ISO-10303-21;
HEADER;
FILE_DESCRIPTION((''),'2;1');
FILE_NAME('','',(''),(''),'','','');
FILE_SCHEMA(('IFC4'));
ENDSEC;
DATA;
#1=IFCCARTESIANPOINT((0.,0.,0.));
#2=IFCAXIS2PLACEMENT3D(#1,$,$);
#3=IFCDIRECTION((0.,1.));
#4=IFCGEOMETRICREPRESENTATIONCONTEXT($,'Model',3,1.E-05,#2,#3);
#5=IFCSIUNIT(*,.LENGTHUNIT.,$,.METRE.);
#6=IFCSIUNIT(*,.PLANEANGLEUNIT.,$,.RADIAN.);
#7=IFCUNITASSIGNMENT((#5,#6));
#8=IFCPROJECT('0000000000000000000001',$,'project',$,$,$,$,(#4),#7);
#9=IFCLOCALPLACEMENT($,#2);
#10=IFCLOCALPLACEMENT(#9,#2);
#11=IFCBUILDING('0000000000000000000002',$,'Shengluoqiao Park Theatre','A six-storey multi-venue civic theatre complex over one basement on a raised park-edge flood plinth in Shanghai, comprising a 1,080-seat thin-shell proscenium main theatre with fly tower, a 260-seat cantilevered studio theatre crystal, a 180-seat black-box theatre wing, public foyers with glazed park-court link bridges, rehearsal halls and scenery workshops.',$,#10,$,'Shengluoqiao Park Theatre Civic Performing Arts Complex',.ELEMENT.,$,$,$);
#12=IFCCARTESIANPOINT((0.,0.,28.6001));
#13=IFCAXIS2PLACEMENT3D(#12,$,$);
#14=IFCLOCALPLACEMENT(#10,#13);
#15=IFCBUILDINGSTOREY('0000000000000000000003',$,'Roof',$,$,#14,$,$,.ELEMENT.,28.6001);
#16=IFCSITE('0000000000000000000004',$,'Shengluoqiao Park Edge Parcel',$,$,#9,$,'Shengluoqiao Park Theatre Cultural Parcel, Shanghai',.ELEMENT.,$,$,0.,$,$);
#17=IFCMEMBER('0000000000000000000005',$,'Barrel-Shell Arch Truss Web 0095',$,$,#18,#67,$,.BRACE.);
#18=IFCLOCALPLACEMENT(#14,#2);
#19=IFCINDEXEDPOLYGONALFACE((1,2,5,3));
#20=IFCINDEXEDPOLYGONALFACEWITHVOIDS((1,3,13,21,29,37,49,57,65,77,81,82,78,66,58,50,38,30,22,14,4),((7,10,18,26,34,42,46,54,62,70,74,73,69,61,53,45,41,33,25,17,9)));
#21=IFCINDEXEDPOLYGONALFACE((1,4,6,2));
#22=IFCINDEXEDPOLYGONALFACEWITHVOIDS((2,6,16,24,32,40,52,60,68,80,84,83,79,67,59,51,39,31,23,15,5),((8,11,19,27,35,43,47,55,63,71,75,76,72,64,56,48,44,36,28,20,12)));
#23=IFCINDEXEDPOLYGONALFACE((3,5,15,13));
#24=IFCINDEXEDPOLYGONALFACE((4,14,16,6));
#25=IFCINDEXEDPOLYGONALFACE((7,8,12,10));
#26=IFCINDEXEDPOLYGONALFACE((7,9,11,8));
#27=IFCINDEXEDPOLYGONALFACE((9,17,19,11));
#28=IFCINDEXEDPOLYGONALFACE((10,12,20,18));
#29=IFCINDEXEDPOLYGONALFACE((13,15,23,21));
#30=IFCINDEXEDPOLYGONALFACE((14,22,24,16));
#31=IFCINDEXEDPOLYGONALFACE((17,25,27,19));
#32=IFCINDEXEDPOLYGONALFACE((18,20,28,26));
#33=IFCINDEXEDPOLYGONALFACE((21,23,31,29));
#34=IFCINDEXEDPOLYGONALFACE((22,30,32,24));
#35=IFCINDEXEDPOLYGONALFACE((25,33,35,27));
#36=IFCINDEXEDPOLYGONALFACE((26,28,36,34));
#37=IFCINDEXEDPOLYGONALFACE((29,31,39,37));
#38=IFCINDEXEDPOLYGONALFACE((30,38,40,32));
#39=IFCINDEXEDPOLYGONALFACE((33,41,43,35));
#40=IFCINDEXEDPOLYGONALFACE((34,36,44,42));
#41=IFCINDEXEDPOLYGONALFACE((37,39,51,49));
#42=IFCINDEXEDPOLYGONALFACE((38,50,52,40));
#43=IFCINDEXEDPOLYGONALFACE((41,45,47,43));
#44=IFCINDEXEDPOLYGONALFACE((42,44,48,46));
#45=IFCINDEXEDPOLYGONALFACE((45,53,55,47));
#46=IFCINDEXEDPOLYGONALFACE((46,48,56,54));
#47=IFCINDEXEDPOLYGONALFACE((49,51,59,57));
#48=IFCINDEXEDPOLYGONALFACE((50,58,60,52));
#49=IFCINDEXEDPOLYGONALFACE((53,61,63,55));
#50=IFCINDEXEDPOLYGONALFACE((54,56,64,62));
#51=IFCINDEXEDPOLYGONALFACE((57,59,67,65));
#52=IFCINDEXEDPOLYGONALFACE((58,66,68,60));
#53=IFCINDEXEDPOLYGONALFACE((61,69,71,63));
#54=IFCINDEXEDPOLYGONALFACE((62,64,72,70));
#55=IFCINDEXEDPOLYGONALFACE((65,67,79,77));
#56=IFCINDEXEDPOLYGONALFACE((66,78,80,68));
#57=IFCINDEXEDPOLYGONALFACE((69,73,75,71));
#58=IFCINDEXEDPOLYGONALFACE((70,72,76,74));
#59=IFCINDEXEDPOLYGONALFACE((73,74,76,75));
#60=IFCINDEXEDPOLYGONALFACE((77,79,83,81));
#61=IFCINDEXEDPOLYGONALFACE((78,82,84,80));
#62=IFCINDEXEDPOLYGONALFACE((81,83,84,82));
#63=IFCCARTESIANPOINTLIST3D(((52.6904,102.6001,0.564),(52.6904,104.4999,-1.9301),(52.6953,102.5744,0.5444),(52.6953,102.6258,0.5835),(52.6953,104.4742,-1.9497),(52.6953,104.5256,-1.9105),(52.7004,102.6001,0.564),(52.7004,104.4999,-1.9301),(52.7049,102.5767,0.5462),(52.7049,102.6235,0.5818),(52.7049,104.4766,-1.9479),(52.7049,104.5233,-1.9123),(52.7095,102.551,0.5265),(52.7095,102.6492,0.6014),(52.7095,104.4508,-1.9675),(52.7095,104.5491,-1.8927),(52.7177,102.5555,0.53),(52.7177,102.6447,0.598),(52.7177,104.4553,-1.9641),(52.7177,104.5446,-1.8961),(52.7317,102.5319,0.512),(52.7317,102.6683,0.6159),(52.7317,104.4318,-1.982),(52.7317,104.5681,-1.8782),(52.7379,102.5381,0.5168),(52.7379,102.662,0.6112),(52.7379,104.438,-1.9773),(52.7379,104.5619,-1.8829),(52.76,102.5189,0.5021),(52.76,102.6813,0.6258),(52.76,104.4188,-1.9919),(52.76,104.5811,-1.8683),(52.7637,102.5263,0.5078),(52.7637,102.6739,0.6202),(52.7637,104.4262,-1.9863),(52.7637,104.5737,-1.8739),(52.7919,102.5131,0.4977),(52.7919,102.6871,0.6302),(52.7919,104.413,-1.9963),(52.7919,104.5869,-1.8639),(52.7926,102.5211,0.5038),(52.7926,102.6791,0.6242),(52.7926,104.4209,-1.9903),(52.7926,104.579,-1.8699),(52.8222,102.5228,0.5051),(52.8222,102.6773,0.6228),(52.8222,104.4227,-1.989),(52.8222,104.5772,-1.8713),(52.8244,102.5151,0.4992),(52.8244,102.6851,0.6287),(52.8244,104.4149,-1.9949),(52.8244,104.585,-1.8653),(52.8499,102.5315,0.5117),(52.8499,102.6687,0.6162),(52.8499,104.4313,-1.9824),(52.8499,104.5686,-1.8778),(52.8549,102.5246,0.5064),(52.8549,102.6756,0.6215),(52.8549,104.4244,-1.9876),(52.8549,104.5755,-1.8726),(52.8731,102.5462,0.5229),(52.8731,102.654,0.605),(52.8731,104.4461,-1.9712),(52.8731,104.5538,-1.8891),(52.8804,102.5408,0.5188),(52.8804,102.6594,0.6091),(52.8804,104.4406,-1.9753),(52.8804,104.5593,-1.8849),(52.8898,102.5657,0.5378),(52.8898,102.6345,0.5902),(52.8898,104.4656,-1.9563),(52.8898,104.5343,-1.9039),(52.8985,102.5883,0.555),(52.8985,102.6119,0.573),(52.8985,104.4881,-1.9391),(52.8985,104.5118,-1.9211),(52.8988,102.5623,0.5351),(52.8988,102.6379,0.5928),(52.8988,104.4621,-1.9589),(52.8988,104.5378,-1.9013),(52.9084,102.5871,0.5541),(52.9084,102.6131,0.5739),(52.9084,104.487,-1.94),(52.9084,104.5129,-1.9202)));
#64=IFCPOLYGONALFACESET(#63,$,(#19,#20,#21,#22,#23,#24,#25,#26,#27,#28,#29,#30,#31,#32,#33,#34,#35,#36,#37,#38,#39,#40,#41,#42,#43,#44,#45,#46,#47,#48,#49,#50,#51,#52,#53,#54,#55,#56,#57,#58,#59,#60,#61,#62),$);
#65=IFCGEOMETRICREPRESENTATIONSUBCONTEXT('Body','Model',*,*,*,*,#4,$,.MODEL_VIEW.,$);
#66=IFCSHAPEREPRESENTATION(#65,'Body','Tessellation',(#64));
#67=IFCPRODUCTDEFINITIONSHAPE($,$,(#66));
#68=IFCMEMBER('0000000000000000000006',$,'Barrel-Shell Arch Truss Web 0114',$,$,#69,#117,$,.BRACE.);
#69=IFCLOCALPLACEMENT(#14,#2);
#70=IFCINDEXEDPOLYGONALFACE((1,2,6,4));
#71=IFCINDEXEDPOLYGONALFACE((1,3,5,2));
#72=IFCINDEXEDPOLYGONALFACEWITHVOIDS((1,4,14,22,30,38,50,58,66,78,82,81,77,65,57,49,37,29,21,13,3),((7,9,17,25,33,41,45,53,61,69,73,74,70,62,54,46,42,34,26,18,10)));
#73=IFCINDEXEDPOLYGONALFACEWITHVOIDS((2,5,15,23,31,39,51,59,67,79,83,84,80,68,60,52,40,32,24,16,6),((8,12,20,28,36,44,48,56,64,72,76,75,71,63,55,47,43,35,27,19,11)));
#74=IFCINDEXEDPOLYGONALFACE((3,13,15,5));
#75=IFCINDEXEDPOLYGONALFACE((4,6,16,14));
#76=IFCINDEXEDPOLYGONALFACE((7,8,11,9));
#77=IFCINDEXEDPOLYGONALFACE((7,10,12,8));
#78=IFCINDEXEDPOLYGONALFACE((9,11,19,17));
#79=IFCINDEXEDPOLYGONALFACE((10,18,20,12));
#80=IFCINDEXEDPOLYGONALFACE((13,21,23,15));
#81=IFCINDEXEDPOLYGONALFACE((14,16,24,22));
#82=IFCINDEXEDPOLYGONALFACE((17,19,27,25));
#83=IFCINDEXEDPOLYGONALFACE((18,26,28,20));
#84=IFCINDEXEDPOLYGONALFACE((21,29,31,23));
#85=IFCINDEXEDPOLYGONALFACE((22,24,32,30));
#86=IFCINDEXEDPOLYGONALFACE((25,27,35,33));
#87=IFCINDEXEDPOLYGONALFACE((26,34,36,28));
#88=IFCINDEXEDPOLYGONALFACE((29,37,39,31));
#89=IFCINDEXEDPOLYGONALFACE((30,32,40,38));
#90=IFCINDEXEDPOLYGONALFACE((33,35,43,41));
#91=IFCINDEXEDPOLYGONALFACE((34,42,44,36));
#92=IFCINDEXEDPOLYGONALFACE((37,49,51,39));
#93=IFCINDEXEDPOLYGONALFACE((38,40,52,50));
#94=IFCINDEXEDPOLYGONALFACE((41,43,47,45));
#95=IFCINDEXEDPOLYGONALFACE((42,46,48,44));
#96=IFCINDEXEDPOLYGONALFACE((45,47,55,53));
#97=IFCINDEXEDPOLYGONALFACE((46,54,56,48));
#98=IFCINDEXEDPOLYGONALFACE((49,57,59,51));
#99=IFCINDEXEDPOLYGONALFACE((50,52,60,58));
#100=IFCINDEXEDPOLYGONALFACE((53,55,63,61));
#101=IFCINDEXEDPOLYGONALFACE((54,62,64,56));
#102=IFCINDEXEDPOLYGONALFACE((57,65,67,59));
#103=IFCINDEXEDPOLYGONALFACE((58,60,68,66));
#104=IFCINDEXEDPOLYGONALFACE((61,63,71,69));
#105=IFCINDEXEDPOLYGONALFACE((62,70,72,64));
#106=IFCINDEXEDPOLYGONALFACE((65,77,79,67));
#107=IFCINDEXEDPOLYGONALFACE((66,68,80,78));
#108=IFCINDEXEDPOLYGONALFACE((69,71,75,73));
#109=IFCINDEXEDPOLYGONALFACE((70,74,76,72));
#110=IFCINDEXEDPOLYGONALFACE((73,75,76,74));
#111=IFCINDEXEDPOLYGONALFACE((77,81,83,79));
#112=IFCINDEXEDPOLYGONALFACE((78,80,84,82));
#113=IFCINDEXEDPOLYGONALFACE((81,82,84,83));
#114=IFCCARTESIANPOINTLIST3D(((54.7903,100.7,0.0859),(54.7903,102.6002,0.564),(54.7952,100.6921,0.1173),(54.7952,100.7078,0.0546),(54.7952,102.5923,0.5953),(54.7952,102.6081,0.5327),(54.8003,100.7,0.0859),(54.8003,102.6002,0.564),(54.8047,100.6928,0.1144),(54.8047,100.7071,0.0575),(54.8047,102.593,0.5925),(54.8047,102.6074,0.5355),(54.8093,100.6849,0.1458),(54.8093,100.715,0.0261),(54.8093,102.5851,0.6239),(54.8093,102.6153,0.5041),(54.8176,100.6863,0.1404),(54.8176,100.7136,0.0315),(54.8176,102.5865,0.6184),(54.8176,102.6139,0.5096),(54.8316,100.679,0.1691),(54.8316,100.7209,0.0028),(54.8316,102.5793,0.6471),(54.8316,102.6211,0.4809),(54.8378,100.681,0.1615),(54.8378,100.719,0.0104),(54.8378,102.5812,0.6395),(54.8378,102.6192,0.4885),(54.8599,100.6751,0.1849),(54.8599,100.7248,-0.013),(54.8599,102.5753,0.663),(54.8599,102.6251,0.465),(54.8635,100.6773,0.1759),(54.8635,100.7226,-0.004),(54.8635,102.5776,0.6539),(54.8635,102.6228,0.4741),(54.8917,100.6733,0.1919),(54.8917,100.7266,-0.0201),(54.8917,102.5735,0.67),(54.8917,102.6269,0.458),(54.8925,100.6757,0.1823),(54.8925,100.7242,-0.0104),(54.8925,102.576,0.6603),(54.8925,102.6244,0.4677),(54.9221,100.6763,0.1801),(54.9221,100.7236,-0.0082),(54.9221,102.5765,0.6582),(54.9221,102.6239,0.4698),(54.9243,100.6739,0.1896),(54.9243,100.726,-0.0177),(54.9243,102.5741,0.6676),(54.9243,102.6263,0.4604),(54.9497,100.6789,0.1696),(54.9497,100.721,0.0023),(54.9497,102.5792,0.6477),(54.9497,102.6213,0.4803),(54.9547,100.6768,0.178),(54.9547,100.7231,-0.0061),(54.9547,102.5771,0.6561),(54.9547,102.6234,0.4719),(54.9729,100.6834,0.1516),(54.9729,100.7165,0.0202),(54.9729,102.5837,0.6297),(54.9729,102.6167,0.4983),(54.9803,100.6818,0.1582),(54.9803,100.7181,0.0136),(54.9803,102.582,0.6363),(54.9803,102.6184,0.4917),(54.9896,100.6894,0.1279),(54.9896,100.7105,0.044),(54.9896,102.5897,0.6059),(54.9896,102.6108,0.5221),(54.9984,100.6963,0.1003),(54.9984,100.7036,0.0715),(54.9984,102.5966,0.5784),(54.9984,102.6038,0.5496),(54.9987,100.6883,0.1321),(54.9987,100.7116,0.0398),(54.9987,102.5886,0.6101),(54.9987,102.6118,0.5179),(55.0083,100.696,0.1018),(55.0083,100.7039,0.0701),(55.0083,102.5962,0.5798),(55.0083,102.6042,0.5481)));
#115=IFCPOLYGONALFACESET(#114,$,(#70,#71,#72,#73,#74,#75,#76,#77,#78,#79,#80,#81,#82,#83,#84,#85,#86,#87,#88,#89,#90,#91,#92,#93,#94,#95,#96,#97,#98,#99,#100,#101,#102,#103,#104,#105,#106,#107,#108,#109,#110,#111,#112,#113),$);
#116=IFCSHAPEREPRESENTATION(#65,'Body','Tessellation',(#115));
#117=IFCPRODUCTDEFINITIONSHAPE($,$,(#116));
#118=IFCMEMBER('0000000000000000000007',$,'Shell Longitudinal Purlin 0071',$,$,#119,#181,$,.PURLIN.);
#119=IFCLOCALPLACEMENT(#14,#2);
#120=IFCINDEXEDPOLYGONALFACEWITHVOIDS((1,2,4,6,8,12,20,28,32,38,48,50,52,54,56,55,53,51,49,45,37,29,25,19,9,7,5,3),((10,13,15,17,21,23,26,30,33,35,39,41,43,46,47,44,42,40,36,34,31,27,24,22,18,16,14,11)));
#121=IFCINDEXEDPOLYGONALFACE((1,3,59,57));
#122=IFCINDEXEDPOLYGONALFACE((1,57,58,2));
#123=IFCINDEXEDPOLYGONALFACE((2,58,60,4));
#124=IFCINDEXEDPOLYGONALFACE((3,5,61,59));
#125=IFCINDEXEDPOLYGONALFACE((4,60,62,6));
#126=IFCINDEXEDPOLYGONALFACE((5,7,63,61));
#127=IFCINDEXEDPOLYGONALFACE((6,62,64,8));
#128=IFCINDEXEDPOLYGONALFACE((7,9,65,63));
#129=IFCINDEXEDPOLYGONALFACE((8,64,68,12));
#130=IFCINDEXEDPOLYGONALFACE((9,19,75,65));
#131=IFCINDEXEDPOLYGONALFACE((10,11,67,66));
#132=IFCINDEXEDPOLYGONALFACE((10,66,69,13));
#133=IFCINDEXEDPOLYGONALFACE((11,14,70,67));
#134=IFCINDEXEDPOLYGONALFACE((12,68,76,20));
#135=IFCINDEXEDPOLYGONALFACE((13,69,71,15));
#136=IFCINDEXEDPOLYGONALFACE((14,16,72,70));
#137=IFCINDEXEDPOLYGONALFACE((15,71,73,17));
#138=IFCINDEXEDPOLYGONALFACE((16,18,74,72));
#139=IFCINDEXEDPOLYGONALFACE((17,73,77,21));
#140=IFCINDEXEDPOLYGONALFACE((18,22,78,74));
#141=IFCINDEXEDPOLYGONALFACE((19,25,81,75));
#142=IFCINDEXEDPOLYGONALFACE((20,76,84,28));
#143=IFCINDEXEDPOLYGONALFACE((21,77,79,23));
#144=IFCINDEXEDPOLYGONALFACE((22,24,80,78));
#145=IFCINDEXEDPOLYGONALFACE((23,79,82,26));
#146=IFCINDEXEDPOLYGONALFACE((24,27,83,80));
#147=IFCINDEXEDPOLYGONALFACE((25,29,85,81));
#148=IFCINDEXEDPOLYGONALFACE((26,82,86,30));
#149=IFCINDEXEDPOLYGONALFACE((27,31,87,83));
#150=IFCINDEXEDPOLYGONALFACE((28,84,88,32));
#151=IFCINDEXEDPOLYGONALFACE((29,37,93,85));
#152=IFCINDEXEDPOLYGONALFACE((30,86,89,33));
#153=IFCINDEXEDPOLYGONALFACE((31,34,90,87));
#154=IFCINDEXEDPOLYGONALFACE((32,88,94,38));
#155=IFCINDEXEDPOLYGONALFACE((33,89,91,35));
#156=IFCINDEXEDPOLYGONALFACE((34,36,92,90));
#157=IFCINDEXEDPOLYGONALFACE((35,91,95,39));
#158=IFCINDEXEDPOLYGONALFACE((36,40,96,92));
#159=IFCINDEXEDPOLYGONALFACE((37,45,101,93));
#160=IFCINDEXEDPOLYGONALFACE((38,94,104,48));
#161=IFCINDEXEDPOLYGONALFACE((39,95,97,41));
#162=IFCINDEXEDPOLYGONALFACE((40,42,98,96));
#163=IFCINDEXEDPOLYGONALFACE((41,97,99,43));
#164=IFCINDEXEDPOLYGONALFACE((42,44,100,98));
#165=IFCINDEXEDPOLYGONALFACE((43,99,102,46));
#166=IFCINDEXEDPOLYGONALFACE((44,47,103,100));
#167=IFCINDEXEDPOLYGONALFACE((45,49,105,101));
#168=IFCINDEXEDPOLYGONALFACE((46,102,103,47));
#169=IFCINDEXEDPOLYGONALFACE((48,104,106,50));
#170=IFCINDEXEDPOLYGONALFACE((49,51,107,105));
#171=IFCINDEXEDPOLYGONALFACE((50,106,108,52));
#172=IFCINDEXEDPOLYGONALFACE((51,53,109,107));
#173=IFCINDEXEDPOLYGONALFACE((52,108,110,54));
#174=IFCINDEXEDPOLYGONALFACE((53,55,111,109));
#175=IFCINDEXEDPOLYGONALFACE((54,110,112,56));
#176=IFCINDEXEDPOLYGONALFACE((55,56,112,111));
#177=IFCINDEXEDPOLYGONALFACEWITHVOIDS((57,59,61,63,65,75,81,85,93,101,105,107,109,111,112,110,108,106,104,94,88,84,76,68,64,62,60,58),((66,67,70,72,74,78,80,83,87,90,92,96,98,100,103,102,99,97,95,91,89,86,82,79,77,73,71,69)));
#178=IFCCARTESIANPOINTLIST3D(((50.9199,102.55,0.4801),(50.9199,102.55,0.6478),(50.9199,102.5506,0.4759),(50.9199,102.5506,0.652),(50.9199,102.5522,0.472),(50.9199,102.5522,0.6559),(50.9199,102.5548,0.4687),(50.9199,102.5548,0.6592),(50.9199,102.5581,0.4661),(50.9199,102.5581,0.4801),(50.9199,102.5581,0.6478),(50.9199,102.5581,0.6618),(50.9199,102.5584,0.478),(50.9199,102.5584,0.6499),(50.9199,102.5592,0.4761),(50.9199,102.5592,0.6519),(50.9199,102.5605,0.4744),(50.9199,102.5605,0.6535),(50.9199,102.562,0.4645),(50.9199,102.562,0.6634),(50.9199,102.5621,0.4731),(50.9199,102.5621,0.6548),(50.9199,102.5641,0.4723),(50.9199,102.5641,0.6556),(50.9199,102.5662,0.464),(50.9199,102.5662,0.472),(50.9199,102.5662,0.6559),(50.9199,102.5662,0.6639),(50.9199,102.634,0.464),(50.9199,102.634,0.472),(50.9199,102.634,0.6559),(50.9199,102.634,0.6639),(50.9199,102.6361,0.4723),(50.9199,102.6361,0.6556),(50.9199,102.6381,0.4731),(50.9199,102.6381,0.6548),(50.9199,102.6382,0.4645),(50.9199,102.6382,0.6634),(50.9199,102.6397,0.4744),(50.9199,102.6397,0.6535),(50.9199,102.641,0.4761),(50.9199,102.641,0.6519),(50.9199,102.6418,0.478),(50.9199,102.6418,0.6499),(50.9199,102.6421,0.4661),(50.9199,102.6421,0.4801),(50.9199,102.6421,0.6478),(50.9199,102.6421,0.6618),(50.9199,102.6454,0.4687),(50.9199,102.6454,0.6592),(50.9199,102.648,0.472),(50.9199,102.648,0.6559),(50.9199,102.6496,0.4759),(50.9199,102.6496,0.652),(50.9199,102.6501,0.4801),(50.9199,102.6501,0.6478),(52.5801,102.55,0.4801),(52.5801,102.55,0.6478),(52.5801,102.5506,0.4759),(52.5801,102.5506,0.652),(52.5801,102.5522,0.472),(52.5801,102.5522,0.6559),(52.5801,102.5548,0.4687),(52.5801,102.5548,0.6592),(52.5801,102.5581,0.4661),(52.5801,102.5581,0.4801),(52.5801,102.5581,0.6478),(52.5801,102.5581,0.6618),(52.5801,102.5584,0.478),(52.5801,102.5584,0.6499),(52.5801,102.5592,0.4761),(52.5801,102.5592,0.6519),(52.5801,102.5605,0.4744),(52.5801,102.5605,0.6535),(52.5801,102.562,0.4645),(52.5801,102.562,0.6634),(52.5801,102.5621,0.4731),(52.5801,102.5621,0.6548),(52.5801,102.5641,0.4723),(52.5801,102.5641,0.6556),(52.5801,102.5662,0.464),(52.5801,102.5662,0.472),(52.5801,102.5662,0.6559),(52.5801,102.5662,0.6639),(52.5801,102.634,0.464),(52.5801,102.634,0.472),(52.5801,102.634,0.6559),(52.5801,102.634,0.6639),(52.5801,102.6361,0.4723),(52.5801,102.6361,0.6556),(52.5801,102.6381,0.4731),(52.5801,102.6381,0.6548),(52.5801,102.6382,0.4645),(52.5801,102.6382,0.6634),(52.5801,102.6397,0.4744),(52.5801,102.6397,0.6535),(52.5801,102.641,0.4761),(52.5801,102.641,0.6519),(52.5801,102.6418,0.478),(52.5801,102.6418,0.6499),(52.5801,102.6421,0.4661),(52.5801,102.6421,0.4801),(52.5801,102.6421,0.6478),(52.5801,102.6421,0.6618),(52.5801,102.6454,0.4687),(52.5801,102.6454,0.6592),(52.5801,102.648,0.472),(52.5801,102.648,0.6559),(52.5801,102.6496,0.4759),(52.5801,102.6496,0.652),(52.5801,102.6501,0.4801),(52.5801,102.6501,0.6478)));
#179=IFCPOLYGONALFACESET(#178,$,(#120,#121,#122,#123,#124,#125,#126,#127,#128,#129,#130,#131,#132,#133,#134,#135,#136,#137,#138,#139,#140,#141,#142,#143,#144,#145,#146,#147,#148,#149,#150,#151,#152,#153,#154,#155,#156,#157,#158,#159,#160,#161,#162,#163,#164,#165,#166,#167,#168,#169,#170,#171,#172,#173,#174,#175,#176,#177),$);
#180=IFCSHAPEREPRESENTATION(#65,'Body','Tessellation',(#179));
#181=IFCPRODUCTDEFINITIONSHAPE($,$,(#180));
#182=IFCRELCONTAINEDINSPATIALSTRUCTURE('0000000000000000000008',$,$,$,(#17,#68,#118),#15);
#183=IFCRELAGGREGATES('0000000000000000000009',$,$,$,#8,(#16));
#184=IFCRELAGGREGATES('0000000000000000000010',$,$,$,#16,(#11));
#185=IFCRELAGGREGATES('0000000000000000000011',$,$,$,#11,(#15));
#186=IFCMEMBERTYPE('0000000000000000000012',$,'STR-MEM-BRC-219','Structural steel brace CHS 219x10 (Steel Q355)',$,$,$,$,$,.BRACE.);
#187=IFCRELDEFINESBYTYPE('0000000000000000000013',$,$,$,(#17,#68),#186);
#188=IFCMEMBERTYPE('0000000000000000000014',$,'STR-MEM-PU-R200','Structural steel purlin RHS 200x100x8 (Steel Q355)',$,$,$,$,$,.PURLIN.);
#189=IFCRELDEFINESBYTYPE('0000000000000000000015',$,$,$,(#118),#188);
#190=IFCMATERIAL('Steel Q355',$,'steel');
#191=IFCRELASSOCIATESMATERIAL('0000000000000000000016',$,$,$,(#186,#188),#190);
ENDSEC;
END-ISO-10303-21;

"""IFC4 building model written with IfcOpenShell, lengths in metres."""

from ifc_helpers import new_model, si_unit, direction, frame, origin, origin_2d, place, context, subcontext, project, spatial, hollow_rectangle, hollow_circle, extrude, material, material_profile, profile_set, type_object, element, save


model = new_model("IFC4")

# Units and contexts
model_context = context("Model", 3, precision=1e-05, world=origin(), true_north=direction((0.0, 1.0)))
body_context = subcontext(model_context, "Body", "Model", "MODEL_VIEW")
ifc_project = project(units=[si_unit("LENGTHUNIT", "METRE"), si_unit("PLANEANGLEUNIT", "RADIAN")], contexts=[model_context])

# Site, building, storey
site_placement = place(None, origin())
site = spatial("IfcSite", under=ifc_project, at=site_placement, Name="Shengluoqiao Park Edge Parcel", LongName="Shengluoqiao Park Theatre Cultural Parcel, Shanghai", CompositionType="ELEMENT", RefElevation=0.0)
building_placement = place(site_placement, origin())
building = spatial("IfcBuilding", under=site, at=building_placement, Name="Shengluoqiao Park Theatre", Description="A six-storey multi-venue civic theatre complex over one basement on a raised park-edge flood plinth in Shanghai, comprising a 1,080-seat thin-shell proscenium main theatre with fly tower, a 260-seat cantilevered studio theatre crystal, a 180-seat black-box theatre wing, public foyers with glazed park-court link bridges, rehearsal halls and scenery workshops.", LongName="Shengluoqiao Park Theatre Civic Performing Arts Complex", CompositionType="ELEMENT")
storey_placement = place(building_placement, frame((0.0, 0.0, 28.6001)))
storey = spatial("IfcBuildingStorey", under=building, at=storey_placement, Name="Roof", CompositionType="ELEMENT", Elevation=28.6001)

# Shared definitions
ifc_material_1 = material(Name="Steel Q355", Category="steel")

# Members
ifc_material_profile_1 = material_profile(ifc_material_1, hollow_circle(Radius=0.1096, WallThickness=0.01, at=origin_2d()), Name="CHS 219x10")
ifc_profile_set_1 = profile_set([ifc_material_profile_1], Name="Steel Q355")
member_type_1 = type_object("IfcMemberType", Name="STR-MEM-BRC-219", Description="Structural steel brace CHS 219x10 (Steel Q355)", PredefinedType="BRACE", material=ifc_profile_set_1)
member_1_placement = place(storey_placement, frame((52.8, 102.6001, 0.564), z_axis=(0.0, 0.605963, -0.795492), x_axis=(-1.0, 0.0, 0.0)))
element("IfcMember", 1, at=member_1_placement, inside=storey, type_object=member_type_1, Name="Barrel-Shell Arch Truss Web 0095", PredefinedType="BRACE", context=body_context, shape_type="SweptSolid", body=[
    extrude(hollow_circle(Radius=0.1096, WallThickness=0.01, at=origin_2d()), origin(), (0.0, 0.0, 1.0), 3.1353),
])
member_2_placement = place(storey_placement, frame((54.8999, 100.7, 0.0859), z_axis=(0.0, 0.969782, 0.243972), x_axis=(-1.0, 0.0, 0.0)))
element("IfcMember", 2, at=member_2_placement, inside=storey, type_object=member_type_1, Name="Barrel-Shell Arch Truss Web 0114", PredefinedType="BRACE", context=body_context, shape_type="SweptSolid", body=[
    extrude(hollow_circle(Radius=0.1096, WallThickness=0.01, at=origin_2d()), origin(), (0.0, 0.0, 1.0), 1.9595),
])
ifc_material_profile_2 = material_profile(ifc_material_1, hollow_rectangle(XDim=0.1001, YDim=0.2, WallThickness=0.0081, InnerFilletRadius=0.0081, OuterFilletRadius=0.0161, at=origin_2d()), Name="RHS 200x100x8")
ifc_profile_set_2 = profile_set([ifc_material_profile_2], Name="Steel Q355")
member_type_2 = type_object("IfcMemberType", Name="STR-MEM-PU-R200", Description="Structural steel purlin RHS 200x100x8 (Steel Q355)", PredefinedType="PURLIN", material=ifc_profile_set_2)
member_3_placement = place(storey_placement, frame((50.9199, 102.6001, 0.564), z_axis=(1.0, 0.0, 0.0), x_axis=(0.0, 1.0, 0.0)))
element("IfcMember", 3, at=member_3_placement, inside=storey, type_object=member_type_2, Name="Shell Longitudinal Purlin 0071", PredefinedType="PURLIN", context=body_context, shape_type="SweptSolid", body=[
    extrude(hollow_rectangle(XDim=0.1001, YDim=0.2, WallThickness=0.0081, InnerFilletRadius=0.0081, OuterFilletRadius=0.0161, at=origin_2d()), origin(), (0.0, 0.0, 1.0), 1.6602),
])

save(model, "model.ifc")
